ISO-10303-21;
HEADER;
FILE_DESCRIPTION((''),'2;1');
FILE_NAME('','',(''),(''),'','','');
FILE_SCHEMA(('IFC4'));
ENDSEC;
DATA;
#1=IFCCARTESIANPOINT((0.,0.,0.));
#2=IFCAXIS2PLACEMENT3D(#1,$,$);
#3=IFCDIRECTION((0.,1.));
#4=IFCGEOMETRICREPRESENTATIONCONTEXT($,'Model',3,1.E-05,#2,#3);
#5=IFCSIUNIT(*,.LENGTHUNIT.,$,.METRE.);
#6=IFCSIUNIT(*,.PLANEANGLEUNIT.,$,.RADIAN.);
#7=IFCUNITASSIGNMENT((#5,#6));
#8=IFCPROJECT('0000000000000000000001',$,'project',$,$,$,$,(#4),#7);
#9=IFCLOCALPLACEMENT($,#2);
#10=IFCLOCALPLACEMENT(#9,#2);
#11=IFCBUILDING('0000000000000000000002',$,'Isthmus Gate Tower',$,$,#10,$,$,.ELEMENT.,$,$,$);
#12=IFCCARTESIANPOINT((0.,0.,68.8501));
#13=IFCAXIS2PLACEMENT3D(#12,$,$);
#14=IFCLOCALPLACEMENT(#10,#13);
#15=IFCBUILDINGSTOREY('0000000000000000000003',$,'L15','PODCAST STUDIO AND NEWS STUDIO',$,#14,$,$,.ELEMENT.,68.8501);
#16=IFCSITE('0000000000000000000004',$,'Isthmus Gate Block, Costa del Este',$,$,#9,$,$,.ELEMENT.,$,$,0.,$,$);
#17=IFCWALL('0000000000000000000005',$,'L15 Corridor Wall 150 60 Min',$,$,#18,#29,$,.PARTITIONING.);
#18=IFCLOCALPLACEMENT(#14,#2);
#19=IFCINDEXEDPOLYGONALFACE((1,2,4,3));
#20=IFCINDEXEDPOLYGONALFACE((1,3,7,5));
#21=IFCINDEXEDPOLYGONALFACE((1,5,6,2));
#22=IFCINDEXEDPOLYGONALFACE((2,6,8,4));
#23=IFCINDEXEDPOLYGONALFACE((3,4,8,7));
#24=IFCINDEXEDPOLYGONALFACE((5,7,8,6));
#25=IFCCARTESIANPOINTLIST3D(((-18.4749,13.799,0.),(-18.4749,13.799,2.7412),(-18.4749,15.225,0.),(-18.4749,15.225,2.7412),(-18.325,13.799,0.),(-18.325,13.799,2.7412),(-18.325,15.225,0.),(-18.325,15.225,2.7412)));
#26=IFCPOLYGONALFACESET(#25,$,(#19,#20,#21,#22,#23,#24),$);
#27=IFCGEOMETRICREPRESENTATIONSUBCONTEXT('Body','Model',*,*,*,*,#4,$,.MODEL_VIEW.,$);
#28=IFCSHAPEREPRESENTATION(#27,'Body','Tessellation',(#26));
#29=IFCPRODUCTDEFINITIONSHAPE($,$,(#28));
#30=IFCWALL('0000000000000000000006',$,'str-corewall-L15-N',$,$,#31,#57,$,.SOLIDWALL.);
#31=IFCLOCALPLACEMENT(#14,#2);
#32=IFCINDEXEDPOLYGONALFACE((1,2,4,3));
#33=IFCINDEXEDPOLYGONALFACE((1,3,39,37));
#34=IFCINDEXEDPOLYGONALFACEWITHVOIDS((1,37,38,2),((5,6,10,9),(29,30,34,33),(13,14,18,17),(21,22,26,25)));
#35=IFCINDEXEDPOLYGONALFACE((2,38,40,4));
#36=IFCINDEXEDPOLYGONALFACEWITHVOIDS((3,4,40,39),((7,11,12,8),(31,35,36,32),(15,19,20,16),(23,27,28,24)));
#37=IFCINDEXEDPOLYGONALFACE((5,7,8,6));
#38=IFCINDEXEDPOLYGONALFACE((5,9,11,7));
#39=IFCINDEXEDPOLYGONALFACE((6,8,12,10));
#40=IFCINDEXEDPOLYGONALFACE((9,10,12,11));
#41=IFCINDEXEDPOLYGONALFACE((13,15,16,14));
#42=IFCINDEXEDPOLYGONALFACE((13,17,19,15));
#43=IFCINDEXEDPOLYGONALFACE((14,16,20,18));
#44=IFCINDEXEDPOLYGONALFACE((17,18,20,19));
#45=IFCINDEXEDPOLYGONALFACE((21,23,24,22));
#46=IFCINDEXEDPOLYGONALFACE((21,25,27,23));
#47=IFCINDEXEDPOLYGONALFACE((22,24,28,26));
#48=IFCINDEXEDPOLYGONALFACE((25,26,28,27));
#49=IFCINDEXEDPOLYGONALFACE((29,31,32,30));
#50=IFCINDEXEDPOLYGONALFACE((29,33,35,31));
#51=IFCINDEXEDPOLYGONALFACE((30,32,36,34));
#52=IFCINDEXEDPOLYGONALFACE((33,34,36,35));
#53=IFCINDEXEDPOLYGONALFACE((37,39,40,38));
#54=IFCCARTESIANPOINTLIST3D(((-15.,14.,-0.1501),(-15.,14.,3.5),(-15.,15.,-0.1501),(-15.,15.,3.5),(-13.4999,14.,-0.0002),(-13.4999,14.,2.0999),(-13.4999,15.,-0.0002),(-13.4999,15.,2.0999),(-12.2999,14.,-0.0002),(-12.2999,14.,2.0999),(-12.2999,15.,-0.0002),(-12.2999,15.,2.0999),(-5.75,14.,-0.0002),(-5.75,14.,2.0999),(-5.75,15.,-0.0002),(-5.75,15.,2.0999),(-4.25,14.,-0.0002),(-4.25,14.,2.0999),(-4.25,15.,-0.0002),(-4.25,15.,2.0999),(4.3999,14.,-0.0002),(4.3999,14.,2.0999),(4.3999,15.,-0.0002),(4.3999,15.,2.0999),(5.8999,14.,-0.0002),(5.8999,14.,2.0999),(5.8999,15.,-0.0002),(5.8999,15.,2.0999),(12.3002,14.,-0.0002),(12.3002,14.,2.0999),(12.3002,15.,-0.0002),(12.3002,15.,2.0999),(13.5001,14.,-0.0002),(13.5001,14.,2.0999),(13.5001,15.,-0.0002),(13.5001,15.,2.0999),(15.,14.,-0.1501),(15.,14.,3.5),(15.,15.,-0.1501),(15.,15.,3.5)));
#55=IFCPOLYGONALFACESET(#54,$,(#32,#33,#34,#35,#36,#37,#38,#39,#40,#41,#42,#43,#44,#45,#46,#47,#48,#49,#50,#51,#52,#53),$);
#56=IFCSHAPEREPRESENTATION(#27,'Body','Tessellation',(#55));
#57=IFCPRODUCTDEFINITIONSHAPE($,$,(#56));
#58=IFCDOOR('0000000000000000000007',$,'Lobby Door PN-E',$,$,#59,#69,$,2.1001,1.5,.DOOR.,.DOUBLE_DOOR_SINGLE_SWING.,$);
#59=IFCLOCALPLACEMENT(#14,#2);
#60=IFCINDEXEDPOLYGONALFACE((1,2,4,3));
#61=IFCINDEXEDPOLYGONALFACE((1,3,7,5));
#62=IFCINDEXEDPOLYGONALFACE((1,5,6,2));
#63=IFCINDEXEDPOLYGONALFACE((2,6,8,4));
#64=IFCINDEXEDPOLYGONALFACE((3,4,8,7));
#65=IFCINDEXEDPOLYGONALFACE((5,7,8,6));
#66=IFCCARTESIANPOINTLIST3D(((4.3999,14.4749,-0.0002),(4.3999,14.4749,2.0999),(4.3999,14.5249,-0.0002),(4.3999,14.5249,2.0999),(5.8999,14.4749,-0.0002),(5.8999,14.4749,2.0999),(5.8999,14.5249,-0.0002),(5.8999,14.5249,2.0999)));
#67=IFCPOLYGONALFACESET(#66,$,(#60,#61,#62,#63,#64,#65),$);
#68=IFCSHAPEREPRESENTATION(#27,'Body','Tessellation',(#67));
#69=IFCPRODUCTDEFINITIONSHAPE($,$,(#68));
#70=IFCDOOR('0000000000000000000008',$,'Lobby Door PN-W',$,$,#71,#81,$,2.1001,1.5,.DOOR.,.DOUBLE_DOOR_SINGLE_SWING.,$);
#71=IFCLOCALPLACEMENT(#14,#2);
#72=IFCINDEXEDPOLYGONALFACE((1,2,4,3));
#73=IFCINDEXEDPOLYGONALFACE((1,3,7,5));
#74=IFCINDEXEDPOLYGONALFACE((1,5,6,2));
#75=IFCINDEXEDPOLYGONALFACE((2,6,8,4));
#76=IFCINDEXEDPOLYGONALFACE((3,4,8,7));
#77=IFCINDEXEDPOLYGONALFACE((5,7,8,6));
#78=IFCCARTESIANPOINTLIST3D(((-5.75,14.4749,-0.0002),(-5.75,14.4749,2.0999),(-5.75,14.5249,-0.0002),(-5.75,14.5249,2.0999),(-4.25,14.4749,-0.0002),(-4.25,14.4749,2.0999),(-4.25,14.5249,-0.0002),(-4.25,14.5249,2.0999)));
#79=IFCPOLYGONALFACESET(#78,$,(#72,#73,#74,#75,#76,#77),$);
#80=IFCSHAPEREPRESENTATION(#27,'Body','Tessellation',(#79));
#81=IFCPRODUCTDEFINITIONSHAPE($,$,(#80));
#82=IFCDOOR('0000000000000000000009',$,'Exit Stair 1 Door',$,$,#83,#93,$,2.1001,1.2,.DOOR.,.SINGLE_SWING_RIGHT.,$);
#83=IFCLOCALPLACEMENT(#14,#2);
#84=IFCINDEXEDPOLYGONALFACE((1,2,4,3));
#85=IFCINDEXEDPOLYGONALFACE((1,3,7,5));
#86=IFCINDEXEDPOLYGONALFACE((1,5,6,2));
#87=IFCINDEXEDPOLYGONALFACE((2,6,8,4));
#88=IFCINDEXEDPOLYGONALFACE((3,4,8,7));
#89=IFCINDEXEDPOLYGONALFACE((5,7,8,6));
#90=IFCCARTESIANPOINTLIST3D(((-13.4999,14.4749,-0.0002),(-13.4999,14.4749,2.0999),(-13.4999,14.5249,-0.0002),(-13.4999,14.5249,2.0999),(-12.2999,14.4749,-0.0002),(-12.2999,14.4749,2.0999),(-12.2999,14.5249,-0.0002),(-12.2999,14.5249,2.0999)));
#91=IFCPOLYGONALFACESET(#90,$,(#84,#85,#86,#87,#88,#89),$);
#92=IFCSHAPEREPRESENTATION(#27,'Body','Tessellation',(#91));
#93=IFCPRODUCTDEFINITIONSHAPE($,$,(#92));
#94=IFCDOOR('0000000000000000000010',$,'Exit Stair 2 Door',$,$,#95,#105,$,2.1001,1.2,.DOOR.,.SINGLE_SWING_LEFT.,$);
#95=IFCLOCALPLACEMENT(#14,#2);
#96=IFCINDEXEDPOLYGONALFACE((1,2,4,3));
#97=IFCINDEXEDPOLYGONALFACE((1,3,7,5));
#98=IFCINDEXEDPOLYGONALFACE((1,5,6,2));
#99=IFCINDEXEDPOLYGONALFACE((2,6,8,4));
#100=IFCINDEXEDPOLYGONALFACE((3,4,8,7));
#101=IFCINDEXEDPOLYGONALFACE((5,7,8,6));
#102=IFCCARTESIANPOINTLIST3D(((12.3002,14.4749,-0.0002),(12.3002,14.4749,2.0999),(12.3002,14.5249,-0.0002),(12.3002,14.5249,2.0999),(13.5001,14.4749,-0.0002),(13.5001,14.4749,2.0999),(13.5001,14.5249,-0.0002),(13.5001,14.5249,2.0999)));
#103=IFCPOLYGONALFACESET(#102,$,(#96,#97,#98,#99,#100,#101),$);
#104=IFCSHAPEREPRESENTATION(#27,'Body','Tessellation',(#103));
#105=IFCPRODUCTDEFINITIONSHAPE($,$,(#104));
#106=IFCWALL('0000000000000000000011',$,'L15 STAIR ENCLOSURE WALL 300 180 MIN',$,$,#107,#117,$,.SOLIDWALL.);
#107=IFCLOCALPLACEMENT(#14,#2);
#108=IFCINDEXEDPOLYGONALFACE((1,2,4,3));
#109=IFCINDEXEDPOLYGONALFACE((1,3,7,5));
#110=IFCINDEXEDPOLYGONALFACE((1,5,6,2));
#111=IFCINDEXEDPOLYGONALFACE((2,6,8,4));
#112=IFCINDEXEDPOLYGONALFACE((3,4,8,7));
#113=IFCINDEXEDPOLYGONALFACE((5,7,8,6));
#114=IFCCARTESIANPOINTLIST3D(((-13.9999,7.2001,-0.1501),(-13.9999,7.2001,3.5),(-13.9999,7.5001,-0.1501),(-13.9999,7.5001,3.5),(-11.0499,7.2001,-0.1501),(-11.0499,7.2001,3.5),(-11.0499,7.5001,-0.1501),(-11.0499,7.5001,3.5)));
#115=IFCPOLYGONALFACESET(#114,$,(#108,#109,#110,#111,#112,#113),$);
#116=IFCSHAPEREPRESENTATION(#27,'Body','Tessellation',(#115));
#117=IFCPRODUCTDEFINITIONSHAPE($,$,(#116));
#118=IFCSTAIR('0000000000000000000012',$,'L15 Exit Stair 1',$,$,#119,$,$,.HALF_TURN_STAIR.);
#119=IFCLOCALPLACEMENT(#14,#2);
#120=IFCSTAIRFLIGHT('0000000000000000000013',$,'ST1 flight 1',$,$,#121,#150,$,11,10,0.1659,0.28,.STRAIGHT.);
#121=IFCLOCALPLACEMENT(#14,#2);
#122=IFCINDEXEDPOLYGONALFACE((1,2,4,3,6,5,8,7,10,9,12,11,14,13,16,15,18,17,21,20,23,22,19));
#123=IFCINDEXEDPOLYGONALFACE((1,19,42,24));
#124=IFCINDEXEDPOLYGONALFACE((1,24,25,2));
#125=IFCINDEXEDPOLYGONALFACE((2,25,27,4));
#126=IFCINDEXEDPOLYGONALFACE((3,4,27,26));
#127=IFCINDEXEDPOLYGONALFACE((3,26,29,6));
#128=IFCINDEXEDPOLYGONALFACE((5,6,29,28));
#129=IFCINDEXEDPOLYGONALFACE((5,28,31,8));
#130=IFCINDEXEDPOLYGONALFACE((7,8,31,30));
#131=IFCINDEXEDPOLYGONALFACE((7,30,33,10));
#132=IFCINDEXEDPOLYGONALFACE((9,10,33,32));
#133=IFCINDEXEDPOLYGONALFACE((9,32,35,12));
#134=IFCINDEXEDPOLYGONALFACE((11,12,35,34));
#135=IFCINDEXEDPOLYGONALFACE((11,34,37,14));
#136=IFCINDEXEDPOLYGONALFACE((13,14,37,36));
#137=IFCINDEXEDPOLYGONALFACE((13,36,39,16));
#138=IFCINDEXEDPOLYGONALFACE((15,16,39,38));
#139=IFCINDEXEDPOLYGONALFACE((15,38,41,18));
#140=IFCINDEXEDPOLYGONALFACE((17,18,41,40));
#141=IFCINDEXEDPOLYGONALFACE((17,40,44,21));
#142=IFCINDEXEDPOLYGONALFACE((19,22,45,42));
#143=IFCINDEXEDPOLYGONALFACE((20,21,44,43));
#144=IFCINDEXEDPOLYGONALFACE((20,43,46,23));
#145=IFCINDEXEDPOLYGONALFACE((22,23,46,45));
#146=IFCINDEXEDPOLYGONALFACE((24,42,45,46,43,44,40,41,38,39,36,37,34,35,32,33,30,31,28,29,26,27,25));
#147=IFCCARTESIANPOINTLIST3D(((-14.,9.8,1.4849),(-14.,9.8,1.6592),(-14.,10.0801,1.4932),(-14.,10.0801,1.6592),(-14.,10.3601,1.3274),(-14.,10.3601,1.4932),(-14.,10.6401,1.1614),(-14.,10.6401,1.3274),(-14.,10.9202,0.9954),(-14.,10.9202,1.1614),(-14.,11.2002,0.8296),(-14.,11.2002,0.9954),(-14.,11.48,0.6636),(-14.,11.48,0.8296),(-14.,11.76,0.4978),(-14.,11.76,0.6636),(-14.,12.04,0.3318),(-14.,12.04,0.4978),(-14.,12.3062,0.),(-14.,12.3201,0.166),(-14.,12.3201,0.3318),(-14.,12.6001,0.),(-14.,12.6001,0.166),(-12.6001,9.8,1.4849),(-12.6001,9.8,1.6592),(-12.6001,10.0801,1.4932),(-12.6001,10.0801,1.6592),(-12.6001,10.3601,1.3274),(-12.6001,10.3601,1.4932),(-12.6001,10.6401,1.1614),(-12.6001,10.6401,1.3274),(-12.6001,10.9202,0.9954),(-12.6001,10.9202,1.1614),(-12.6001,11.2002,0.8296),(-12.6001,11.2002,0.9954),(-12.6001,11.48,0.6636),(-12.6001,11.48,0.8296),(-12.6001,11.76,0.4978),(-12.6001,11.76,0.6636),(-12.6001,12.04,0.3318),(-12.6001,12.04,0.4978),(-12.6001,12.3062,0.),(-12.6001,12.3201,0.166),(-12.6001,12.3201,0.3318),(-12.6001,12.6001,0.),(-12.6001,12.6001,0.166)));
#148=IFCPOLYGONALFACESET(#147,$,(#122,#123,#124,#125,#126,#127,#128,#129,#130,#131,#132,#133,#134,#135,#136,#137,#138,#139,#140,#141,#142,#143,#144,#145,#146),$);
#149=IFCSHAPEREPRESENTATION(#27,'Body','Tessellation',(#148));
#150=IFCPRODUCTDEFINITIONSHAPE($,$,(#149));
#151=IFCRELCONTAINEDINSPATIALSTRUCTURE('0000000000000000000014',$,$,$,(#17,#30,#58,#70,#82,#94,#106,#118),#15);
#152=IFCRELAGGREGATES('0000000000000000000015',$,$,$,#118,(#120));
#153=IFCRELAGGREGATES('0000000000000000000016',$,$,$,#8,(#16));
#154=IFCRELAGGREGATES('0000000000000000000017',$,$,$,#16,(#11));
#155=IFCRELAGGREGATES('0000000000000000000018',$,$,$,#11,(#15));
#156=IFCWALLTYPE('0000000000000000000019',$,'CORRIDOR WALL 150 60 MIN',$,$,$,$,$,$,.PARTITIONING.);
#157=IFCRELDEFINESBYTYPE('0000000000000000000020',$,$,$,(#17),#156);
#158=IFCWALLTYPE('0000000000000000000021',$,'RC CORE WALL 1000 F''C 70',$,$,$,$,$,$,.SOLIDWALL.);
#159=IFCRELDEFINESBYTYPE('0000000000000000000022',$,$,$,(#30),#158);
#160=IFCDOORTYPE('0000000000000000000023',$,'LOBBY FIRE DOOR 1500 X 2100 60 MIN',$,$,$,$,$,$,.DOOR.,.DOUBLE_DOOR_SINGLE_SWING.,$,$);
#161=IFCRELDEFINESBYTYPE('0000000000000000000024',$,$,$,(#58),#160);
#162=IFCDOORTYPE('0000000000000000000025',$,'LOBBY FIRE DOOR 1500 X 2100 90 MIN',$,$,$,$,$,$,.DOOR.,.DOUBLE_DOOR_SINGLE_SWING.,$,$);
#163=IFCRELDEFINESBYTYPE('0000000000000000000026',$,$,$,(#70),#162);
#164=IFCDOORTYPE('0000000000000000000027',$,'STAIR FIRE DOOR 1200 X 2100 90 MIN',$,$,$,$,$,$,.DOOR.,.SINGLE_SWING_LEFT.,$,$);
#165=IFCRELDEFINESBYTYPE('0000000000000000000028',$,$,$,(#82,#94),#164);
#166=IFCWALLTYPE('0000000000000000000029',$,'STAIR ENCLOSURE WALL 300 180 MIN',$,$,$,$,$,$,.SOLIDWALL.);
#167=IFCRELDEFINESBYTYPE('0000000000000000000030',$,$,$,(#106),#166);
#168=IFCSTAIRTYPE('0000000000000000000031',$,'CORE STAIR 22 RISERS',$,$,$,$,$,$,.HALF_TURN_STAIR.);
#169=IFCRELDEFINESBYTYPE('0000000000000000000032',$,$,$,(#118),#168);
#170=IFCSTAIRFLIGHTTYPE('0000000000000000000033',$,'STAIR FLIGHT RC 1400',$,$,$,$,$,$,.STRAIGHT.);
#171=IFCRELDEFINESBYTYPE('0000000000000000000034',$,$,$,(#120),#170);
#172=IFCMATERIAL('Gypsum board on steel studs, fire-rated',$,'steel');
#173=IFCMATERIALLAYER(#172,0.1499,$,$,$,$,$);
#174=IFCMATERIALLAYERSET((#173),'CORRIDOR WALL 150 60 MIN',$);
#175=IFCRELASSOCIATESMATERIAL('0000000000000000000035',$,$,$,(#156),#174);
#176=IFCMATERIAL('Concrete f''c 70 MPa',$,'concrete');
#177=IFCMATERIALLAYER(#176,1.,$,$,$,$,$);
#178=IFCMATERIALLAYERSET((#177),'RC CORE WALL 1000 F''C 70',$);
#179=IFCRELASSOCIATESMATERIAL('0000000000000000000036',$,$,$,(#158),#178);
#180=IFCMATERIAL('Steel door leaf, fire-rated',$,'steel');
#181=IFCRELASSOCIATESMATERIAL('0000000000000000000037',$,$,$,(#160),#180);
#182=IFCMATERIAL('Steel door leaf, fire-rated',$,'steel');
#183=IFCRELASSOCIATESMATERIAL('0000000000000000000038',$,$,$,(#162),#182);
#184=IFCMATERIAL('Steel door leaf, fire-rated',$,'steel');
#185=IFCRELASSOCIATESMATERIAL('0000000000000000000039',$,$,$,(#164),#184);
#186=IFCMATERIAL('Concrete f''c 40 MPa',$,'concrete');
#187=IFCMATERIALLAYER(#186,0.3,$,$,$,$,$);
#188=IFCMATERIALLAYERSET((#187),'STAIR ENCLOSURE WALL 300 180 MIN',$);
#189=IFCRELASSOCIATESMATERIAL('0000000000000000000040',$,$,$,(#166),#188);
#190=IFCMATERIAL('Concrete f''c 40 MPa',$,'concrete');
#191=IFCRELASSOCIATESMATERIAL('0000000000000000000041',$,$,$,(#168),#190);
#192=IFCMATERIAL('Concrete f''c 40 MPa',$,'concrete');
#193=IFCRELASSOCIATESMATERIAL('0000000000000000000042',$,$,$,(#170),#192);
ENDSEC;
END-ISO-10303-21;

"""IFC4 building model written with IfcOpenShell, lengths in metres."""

from ifc_helpers import new_model, si_unit, direction, frame, frame_2d, origin, place, context, subcontext, project, spatial, polyline, rectangle, outline, extrude, material, layer, layer_set, type_object, element, fill, aggregate, save


model = new_model("IFC4")

# Units and contexts
model_context = context("Model", 3, precision=1e-05, world=origin(), true_north=direction((0.0, 1.0)))
body_context = subcontext(model_context, "Body", "Model", "MODEL_VIEW")
ifc_project = project(units=[si_unit("LENGTHUNIT", "METRE"), si_unit("PLANEANGLEUNIT", "RADIAN")], contexts=[model_context])

# Site, building, storey
site_placement = place(None, origin())
site = spatial("IfcSite", under=ifc_project, at=site_placement, Name="Isthmus Gate Block, Costa del Este", CompositionType="ELEMENT", RefElevation=0.0)
building_placement = place(site_placement, origin())
building = spatial("IfcBuilding", under=site, at=building_placement, Name="Isthmus Gate Tower", CompositionType="ELEMENT")
storey_placement = place(building_placement, frame((0.0, 0.0, 68.8501)))
storey = spatial("IfcBuildingStorey", under=building, at=storey_placement, Name="L15", Description="PODCAST STUDIO AND NEWS STUDIO", CompositionType="ELEMENT", Elevation=68.8501)

# Shared definitions
ifc_material_1 = material(Name="Gypsum board on steel studs, fire-rated", Category="steel")
ifc_layer_1 = layer(ifc_material_1, 0.1499)
ifc_layer_set_1 = layer_set([ifc_layer_1], Name="CORRIDOR WALL 150 60 MIN")
wall_type_1 = type_object("IfcWallType", Name="CORRIDOR WALL 150 60 MIN", PredefinedType="PARTITIONING", material=ifc_layer_set_1)

# Wall
wall_1_placement = place(storey_placement, frame((-18.3999, 13.7991, 0.0), z_axis=(0.0, 0.0, 1.0), x_axis=(0.0, 1.0, 0.0)))
element("IfcWall", 1, at=wall_1_placement, inside=storey, type_object=wall_type_1, Name="L15 Corridor Wall 150 60 Min", PredefinedType="PARTITIONING", context=body_context, shape_type="SweptSolid", body=[
    extrude(rectangle(XDim=1.426, YDim=0.1499, at=frame_2d((0.7129, 0.0))), origin(), (0.0, 0.0, 1.0), 2.7412),
])

# Wall, openings, doors
ifc_material_2 = material(Name="Concrete f'c 70 MPa", Category="concrete")
ifc_layer_2 = layer(ifc_material_2, 1.0)
ifc_layer_set_2 = layer_set([ifc_layer_2], Name="RC CORE WALL 1000 F'C 70")
wall_type_2 = type_object("IfcWallType", Name="RC CORE WALL 1000 F'C 70", PredefinedType="SOLIDWALL", material=ifc_layer_set_2)
wall_2_placement = place(storey_placement, frame((-15.0, 14.5, -0.1501), z_axis=(0.0, 0.0, 1.0), x_axis=(1.0, 0.0, 0.0)))
wall_2 = element("IfcWall", 2, at=wall_2_placement, inside=storey, type_object=wall_type_2, Name="str-corewall-L15-N", PredefinedType="SOLIDWALL", context=body_context, shape_type="SweptSolid", body=[
    extrude(rectangle(XDim=30.0, YDim=1.0, at=frame_2d((15.0, 0.0))), origin(), (0.0, 0.0, 1.0), 3.6501),
])
opening_1_placement = place(wall_2_placement, frame((9.25, 0.0, 0.1499)))
opening_1 = element("IfcOpeningElement", 3, at=opening_1_placement, cuts=wall_2, PredefinedType="OPENING", context=body_context, shape_type="SweptSolid", body=[
    extrude(rectangle(XDim=1.5, YDim=2.1001, at=frame_2d((0.75, 1.05))), frame((0.0, 0.51, 0.0), z_axis=(0.0, -1.0, 0.0), x_axis=(1.0, 0.0, 0.0)), (0.0, 0.0, 1.0), 1.02),
])
opening_2_placement = place(wall_2_placement, frame((19.3999, 0.0, 0.1499)))
opening_2 = element("IfcOpeningElement", 4, at=opening_2_placement, cuts=wall_2, PredefinedType="OPENING", context=body_context, shape_type="SweptSolid", body=[
    extrude(rectangle(XDim=1.5, YDim=2.1001, at=frame_2d((0.75, 1.05))), frame((0.0, 0.51, 0.0), z_axis=(0.0, -1.0, 0.0), x_axis=(1.0, 0.0, 0.0)), (0.0, 0.0, 1.0), 1.02),
])
opening_3_placement = place(wall_2_placement, frame((1.5, 0.0, 0.1499)))
opening_3 = element("IfcOpeningElement", 5, at=opening_3_placement, cuts=wall_2, PredefinedType="OPENING", context=body_context, shape_type="SweptSolid", body=[
    extrude(rectangle(XDim=1.2, YDim=2.1001, at=frame_2d((0.6001, 1.05))), frame((0.0, 0.51, 0.0), z_axis=(0.0, -1.0, 0.0), x_axis=(1.0, 0.0, 0.0)), (0.0, 0.0, 1.0), 1.02),
])
opening_4_placement = place(wall_2_placement, frame((27.3, 0.0, 0.1499)))
opening_4 = element("IfcOpeningElement", 6, at=opening_4_placement, cuts=wall_2, PredefinedType="OPENING", context=body_context, shape_type="SweptSolid", body=[
    extrude(rectangle(XDim=1.2, YDim=2.1001, at=frame_2d((0.6001, 1.05))), frame((0.0, 0.51, 0.0), z_axis=(0.0, -1.0, 0.0), x_axis=(1.0, 0.0, 0.0)), (0.0, 0.0, 1.0), 1.02),
])
ifc_material_3 = material(Name="Steel door leaf, fire-rated", Category="steel")
door_type_1 = type_object("IfcDoorType", Name="LOBBY FIRE DOOR 1500 X 2100 60 MIN", OperationType="DOUBLE_DOOR_SINGLE_SWING", PredefinedType="DOOR", material=ifc_material_3)
door_1_placement = place(opening_2_placement, origin())
door_1 = element("IfcDoor", 7, at=door_1_placement, inside=storey, type_object=door_type_1, Name="Lobby Door PN-E", OperationType="DOUBLE_DOOR_SINGLE_SWING", OverallHeight=2.1001, OverallWidth=1.5, PredefinedType="DOOR", context=body_context, shape_type="SweptSolid", body=[
    extrude(rectangle(XDim=1.5, YDim=2.1001, at=frame_2d((0.75, 1.05))), frame((0.0, 0.0249, 0.0), z_axis=(0.0, -1.0, 0.0), x_axis=(1.0, 0.0, 0.0)), (0.0, 0.0, 1.0), 0.05),
])
fill(opening_2, door_1)
ifc_material_4 = material(Name="Steel door leaf, fire-rated", Category="steel")
door_type_2 = type_object("IfcDoorType", Name="LOBBY FIRE DOOR 1500 X 2100 90 MIN", OperationType="DOUBLE_DOOR_SINGLE_SWING", PredefinedType="DOOR", material=ifc_material_4)
door_2_placement = place(opening_1_placement, origin())
door_2 = element("IfcDoor", 8, at=door_2_placement, inside=storey, type_object=door_type_2, Name="Lobby Door PN-W", OperationType="DOUBLE_DOOR_SINGLE_SWING", OverallHeight=2.1001, OverallWidth=1.5, PredefinedType="DOOR", context=body_context, shape_type="SweptSolid", body=[
    extrude(rectangle(XDim=1.5, YDim=2.1001, at=frame_2d((0.75, 1.05))), frame((0.0, 0.0249, 0.0), z_axis=(0.0, -1.0, 0.0), x_axis=(1.0, 0.0, 0.0)), (0.0, 0.0, 1.0), 0.05),
])
fill(opening_1, door_2)
ifc_material_5 = material(Name="Steel door leaf, fire-rated", Category="steel")
door_type_3 = type_object("IfcDoorType", Name="STAIR FIRE DOOR 1200 X 2100 90 MIN", OperationType="SINGLE_SWING_LEFT", PredefinedType="DOOR", material=ifc_material_5)
door_3_placement = place(opening_3_placement, origin())
door_3 = element("IfcDoor", 9, at=door_3_placement, inside=storey, type_object=door_type_3, Name="Exit Stair 1 Door", OperationType="SINGLE_SWING_RIGHT", OverallHeight=2.1001, OverallWidth=1.2, PredefinedType="DOOR", context=body_context, shape_type="SweptSolid", body=[
    extrude(rectangle(XDim=1.2, YDim=2.1001, at=frame_2d((0.6001, 1.05))), frame((0.0, 0.0249, 0.0), z_axis=(0.0, -1.0, 0.0), x_axis=(1.0, 0.0, 0.0)), (0.0, 0.0, 1.0), 0.05),
])
fill(opening_3, door_3)
door_4_placement = place(opening_4_placement, origin())
door_4 = element("IfcDoor", 10, at=door_4_placement, inside=storey, type_object=door_type_3, Name="Exit Stair 2 Door", OperationType="SINGLE_SWING_LEFT", OverallHeight=2.1001, OverallWidth=1.2, PredefinedType="DOOR", context=body_context, shape_type="SweptSolid", body=[
    extrude(rectangle(XDim=1.2, YDim=2.1001, at=frame_2d((0.6001, 1.05))), frame((0.0, 0.0249, 0.0), z_axis=(0.0, -1.0, 0.0), x_axis=(1.0, 0.0, 0.0)), (0.0, 0.0, 1.0), 0.05),
])
fill(opening_4, door_4)

# Wall
ifc_material_6 = material(Name="Concrete f'c 40 MPa", Category="concrete")
ifc_layer_3 = layer(ifc_material_6, 0.3)
ifc_layer_set_3 = layer_set([ifc_layer_3], Name="STAIR ENCLOSURE WALL 300 180 MIN")
wall_type_3 = type_object("IfcWallType", Name="STAIR ENCLOSURE WALL 300 180 MIN", PredefinedType="SOLIDWALL", material=ifc_layer_set_3)
wall_3_placement = place(storey_placement, frame((-14.0, 7.3501, -0.1501), z_axis=(0.0, 0.0, 1.0), x_axis=(1.0, 0.0, 0.0)))
element("IfcWall", 11, at=wall_3_placement, inside=storey, type_object=wall_type_3, Name="L15 STAIR ENCLOSURE WALL 300 180 MIN", PredefinedType="SOLIDWALL", context=body_context, shape_type="SweptSolid", body=[
    extrude(rectangle(XDim=2.95, YDim=0.3, at=frame_2d((1.4751, 0.0))), origin(), (0.0, 0.0, 1.0), 3.6501),
])

# Stair, stair flight
ifc_material_7 = material(Name="Concrete f'c 40 MPa", Category="concrete")
stair_type = type_object("IfcStairType", Name="CORE STAIR 22 RISERS", PredefinedType="HALF_TURN_STAIR", material=ifc_material_7)
stair_placement = place(storey_placement, origin())
stair = element("IfcStair", 12, at=stair_placement, inside=storey, type_object=stair_type, Name="L15 Exit Stair 1", PredefinedType="HALF_TURN_STAIR")
ifc_material_8 = material(Name="Concrete f'c 40 MPa", Category="concrete")
stair_flight_type = type_object("IfcStairFlightType", Name="STAIR FLIGHT RC 1400", PredefinedType="STRAIGHT", material=ifc_material_8)
stair_flight_placement = place(storey_placement, frame((-13.3, 12.6001, 0.0), z_axis=(0.0, 0.0, 1.0), x_axis=(0.0, -1.0, 0.0)))
stair_flight = element("IfcStairFlight", 13, at=stair_flight_placement, type_object=stair_flight_type, Name="ST1 flight 1", NumberOfRisers=11, NumberOfTreads=10, PredefinedType="STRAIGHT", RiserHeight=0.1659, TreadLength=0.28, context=body_context, shape_type="SweptSolid", body=[
    extrude(outline(polyline([(0.0, 0.0), (0.0, 0.166), (0.28, 0.166), (0.28, 0.3318), (0.5601, 0.3318), (0.5601, 0.4978), (0.8401, 0.4978), (0.8401, 0.6636), (1.1201, 0.6636), (1.1201, 0.8296), (1.3999, 0.8296), (1.3999, 0.9954), (1.6799, 0.9954), (1.6799, 1.1614), (1.96, 1.1614), (1.96, 1.3274), (2.24, 1.3274), (2.24, 1.4932), (2.52, 1.4932), (2.52, 1.6592), (2.8, 1.6592), (2.8, 1.825), (2.8, 1.4849), (0.2939, 0.0), (0.0, 0.0)])), frame((0.0, 0.7, 0.0), z_axis=(0.0, -1.0, 0.0), x_axis=(1.0, 0.0, 0.0)), (0.0, 0.0, 1.0), 1.3999),
])
aggregate(stair, [stair_flight])

save(model, "model.ifc")
